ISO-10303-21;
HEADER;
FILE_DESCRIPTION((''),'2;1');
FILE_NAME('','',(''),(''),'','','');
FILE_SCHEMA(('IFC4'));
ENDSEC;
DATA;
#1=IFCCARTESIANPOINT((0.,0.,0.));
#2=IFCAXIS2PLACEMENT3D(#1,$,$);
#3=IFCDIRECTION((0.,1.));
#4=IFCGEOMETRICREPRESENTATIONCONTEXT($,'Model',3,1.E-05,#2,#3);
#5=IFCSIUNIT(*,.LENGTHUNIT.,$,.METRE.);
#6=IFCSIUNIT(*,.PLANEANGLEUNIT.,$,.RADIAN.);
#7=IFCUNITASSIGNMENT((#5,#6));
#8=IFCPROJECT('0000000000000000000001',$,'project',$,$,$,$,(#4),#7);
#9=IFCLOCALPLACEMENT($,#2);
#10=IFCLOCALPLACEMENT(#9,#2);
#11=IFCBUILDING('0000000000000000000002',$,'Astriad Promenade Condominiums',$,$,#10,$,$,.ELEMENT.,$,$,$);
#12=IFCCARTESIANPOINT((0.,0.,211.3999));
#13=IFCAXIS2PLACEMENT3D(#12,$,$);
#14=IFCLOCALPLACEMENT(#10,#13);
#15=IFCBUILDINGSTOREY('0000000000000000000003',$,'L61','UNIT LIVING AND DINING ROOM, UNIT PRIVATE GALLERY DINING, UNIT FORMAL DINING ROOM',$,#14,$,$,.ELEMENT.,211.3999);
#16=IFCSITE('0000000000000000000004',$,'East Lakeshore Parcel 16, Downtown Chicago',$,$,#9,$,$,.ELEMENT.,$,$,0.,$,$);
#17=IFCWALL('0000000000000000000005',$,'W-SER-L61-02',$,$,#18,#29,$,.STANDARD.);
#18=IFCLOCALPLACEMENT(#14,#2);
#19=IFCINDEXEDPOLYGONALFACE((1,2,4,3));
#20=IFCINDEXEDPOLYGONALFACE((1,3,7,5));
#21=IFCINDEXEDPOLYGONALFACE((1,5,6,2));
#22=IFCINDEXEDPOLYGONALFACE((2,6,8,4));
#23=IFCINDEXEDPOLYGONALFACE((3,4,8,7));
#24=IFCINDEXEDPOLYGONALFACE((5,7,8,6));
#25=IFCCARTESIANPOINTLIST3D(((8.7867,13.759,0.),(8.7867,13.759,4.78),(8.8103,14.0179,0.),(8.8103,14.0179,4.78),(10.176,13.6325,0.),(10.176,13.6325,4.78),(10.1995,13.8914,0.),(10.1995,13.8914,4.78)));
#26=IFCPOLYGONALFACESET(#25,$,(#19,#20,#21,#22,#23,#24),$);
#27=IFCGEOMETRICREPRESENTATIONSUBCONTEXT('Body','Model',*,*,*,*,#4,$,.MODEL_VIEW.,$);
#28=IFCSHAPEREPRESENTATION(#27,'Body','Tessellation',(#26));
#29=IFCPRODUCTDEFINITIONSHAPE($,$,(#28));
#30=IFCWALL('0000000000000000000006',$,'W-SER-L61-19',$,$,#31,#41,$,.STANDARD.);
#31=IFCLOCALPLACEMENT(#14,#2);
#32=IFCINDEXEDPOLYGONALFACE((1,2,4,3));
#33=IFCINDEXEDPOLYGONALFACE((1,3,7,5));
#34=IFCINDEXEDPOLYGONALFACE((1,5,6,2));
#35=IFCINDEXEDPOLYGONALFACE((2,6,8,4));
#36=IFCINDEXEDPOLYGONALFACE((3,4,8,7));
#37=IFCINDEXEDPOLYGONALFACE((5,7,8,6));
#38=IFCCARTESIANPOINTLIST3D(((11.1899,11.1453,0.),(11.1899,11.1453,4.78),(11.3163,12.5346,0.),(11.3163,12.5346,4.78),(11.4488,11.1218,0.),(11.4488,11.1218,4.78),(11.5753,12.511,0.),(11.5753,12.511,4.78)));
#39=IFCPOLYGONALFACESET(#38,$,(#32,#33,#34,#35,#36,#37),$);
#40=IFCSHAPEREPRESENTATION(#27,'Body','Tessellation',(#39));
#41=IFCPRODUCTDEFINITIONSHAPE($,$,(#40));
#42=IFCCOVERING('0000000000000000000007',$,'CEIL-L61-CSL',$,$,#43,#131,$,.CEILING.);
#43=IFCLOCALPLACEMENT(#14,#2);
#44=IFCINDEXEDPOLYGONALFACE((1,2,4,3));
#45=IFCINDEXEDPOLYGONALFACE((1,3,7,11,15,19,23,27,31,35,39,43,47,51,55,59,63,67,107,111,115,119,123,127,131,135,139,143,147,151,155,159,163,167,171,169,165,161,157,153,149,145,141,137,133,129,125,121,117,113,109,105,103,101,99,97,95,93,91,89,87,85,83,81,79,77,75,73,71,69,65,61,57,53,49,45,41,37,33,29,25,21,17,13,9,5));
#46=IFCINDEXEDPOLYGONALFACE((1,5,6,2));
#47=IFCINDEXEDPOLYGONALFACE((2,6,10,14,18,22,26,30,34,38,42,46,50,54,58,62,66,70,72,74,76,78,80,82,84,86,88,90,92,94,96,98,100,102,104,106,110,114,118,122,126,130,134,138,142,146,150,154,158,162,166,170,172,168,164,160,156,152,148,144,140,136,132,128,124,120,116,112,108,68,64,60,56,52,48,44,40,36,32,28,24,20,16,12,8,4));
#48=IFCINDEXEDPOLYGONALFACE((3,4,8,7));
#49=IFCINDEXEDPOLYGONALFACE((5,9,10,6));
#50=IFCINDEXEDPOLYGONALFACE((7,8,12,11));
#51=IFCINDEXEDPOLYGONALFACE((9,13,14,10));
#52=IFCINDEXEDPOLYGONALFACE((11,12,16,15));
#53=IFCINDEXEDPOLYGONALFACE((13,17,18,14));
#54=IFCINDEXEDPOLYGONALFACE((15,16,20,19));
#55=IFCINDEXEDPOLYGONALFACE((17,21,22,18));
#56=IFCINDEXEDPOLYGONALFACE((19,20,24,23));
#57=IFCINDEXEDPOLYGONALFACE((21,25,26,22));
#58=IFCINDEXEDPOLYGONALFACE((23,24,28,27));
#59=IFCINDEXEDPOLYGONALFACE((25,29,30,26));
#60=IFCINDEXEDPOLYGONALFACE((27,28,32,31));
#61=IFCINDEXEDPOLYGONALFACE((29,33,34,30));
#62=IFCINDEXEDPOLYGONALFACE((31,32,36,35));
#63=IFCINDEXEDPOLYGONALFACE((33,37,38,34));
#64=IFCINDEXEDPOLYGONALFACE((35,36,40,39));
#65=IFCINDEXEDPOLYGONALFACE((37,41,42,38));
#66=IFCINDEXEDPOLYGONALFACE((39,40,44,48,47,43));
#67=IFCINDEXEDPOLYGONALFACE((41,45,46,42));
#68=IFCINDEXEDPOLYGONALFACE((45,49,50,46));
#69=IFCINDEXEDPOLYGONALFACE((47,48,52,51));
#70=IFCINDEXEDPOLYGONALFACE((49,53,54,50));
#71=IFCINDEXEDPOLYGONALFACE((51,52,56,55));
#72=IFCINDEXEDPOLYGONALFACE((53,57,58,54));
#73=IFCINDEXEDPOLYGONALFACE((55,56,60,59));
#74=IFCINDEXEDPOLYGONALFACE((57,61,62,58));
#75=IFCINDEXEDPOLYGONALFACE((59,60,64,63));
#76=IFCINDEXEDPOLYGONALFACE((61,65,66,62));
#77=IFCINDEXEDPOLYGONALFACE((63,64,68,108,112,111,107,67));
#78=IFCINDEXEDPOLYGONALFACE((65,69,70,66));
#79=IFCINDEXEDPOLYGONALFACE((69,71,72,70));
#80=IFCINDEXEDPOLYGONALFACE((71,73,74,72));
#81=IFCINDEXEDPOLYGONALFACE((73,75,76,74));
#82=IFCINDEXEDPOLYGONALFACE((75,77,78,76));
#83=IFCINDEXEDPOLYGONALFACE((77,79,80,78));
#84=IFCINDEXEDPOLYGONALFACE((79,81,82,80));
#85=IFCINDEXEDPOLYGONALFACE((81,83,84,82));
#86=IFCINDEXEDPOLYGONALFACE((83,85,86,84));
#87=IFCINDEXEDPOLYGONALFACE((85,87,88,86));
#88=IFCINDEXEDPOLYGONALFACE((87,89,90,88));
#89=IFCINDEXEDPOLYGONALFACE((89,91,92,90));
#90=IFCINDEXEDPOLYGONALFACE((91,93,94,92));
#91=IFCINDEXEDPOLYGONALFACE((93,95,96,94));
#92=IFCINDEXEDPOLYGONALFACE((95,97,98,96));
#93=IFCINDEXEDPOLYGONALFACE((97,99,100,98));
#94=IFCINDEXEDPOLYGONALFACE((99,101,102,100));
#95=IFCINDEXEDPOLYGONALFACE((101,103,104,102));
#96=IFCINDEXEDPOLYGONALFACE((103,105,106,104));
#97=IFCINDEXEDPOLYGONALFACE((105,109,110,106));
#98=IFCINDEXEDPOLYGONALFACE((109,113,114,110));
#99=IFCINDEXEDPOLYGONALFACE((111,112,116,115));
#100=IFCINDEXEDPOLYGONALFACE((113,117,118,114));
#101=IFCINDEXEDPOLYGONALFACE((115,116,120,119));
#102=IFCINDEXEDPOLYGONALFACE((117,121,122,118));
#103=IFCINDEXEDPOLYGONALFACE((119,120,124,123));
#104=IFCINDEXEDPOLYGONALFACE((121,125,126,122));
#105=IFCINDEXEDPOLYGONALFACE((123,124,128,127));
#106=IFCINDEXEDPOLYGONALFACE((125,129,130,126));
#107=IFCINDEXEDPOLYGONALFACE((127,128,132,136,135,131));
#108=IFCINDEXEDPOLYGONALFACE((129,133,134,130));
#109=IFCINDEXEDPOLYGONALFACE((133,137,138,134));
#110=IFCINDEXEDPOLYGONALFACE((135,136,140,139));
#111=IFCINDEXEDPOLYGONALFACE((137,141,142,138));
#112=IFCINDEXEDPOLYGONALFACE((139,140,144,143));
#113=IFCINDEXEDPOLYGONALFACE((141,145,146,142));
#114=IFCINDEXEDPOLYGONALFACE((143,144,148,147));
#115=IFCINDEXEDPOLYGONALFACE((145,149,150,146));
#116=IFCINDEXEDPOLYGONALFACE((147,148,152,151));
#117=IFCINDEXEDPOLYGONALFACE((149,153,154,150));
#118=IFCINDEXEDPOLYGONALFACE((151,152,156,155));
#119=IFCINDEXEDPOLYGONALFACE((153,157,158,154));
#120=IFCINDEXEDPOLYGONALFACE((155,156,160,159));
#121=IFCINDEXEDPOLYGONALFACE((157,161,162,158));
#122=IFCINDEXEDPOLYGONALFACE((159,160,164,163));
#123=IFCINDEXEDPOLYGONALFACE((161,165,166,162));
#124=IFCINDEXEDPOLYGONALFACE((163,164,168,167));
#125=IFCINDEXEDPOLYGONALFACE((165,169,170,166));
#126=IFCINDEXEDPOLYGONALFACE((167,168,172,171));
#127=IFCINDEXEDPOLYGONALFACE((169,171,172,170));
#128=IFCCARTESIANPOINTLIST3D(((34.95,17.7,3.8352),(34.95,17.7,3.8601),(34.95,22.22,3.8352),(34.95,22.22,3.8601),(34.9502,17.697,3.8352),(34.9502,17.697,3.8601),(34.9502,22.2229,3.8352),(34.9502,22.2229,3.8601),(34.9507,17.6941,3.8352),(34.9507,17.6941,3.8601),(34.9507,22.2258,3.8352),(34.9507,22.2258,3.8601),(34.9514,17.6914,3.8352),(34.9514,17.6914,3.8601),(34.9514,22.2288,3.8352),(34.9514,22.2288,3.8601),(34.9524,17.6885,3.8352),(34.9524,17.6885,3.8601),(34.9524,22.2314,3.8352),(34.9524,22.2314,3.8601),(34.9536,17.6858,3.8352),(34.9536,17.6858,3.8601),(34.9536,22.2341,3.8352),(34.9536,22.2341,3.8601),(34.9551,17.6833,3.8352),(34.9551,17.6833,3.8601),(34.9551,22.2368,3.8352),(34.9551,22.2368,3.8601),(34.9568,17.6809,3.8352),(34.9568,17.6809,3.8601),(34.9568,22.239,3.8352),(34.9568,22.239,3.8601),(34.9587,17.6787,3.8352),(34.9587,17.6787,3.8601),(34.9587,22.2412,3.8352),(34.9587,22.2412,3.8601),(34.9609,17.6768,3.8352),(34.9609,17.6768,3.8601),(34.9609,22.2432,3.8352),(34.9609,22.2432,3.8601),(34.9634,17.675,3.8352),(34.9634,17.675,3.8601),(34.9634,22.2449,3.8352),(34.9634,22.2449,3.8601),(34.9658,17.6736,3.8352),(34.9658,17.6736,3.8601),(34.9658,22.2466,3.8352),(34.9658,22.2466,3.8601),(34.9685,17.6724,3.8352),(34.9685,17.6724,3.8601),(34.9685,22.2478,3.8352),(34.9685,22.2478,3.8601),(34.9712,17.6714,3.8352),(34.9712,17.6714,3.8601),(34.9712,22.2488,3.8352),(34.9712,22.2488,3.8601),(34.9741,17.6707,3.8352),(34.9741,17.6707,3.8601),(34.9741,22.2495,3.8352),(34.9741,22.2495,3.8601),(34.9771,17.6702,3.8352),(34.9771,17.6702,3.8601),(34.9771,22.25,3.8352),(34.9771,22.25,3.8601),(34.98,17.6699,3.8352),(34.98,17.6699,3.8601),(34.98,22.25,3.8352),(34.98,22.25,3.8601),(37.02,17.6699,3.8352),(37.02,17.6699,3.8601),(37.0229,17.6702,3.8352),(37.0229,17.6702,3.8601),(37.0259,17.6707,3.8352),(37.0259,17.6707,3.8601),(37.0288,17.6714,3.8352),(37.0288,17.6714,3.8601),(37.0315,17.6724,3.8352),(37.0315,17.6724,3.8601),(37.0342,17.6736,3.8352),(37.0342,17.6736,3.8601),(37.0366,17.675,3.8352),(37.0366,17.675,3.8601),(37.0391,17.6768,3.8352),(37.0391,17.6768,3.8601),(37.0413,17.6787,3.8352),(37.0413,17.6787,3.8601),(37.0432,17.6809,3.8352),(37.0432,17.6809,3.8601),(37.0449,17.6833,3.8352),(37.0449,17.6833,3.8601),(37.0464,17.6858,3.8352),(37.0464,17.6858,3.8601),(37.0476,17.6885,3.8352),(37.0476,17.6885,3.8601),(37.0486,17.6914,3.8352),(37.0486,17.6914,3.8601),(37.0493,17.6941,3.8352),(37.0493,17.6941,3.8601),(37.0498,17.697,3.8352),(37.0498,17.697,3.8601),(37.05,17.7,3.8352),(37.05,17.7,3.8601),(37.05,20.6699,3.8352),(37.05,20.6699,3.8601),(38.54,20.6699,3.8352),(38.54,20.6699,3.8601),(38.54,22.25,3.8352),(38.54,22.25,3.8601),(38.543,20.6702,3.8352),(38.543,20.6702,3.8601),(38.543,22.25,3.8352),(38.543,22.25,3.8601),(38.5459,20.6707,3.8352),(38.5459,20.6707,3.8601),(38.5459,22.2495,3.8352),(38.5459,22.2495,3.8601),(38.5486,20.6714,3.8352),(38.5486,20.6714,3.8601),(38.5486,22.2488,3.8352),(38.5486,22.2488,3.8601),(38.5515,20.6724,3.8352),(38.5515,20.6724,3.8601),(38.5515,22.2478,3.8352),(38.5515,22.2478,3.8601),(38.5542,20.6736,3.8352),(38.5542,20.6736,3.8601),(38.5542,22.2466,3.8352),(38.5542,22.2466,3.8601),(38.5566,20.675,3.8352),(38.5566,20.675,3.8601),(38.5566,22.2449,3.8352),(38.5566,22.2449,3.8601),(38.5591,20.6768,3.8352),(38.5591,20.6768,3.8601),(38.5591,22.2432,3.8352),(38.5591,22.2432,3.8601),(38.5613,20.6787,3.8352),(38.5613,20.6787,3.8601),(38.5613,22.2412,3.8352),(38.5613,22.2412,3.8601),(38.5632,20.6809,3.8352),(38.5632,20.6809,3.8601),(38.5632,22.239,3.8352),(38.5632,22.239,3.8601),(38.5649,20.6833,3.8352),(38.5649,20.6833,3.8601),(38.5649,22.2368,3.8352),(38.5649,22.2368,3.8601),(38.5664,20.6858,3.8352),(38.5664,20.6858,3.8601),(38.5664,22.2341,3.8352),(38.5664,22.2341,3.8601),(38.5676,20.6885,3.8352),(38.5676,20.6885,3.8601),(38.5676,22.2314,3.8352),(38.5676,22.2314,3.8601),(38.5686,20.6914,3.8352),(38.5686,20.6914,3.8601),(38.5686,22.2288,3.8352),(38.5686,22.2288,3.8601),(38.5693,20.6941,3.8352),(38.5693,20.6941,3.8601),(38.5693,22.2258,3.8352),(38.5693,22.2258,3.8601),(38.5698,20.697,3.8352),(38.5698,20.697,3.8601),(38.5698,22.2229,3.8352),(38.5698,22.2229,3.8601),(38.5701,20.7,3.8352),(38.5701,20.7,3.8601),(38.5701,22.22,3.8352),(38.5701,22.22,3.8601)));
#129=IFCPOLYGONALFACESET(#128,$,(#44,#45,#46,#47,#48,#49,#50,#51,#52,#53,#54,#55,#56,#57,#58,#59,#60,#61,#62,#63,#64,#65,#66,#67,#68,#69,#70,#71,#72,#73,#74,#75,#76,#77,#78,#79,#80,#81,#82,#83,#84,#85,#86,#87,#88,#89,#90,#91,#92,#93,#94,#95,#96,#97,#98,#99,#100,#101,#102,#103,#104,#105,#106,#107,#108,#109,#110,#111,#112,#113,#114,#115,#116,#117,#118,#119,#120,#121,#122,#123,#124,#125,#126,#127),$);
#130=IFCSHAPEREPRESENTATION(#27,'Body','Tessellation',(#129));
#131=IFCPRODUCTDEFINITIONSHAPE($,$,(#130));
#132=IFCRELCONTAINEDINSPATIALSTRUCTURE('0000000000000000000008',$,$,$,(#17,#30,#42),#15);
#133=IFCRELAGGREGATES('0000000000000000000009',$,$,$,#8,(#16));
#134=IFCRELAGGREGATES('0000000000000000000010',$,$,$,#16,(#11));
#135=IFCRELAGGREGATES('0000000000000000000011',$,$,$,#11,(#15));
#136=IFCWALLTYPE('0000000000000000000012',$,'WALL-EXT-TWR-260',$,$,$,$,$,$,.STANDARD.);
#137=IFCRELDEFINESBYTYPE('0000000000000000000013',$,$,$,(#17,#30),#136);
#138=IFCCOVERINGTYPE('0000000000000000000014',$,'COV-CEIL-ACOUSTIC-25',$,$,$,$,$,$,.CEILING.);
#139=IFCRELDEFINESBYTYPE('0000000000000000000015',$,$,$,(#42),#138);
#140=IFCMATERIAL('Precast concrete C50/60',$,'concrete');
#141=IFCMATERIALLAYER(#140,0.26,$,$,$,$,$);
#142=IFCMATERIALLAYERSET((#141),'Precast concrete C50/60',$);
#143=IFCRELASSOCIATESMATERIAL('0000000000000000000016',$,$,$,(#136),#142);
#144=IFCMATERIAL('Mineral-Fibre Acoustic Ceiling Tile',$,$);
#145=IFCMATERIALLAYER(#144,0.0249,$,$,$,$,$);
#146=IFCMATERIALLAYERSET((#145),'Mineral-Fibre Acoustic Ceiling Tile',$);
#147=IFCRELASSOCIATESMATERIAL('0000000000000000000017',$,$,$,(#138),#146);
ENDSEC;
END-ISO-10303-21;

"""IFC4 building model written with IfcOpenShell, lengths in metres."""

from ifc_helpers import new_model, si_unit, direction, frame, frame_2d, origin, place, context, subcontext, project, spatial, polyline, rectangle, outline, extrude, material, layer, layer_set, type_object, element, save


model = new_model("IFC4")

# Units and contexts
model_context = context("Model", 3, precision=1e-05, world=origin(), true_north=direction((0.0, 1.0)))
body_context = subcontext(model_context, "Body", "Model", "MODEL_VIEW")
ifc_project = project(units=[si_unit("LENGTHUNIT", "METRE"), si_unit("PLANEANGLEUNIT", "RADIAN")], contexts=[model_context])

# Site, building, storey
site_placement = place(None, origin())
site = spatial("IfcSite", under=ifc_project, at=site_placement, Name="East Lakeshore Parcel 16, Downtown Chicago", CompositionType="ELEMENT", RefElevation=0.0)
building_placement = place(site_placement, origin())
building = spatial("IfcBuilding", under=site, at=building_placement, Name="Astriad Promenade Condominiums", CompositionType="ELEMENT")
storey_placement = place(building_placement, frame((0.0, 0.0, 211.3999)))
storey = spatial("IfcBuildingStorey", under=building, at=storey_placement, Name="L61", Description="UNIT LIVING AND DINING ROOM, UNIT PRIVATE GALLERY DINING, UNIT FORMAL DINING ROOM", CompositionType="ELEMENT", Elevation=211.3999)

# Walls
ifc_material_1 = material(Name="Precast concrete C50/60", Category="concrete")
ifc_layer_1 = layer(ifc_material_1, 0.26)
ifc_layer_set_1 = layer_set([ifc_layer_1], Name="Precast concrete C50/60")
wall_type = type_object("IfcWallType", Name="WALL-EXT-TWR-260", PredefinedType="STANDARD", material=ifc_layer_set_1)
for number, where, z_axis, x_axis, name in (
    (1, (10.1877, 13.762, 0.0), (0.0, 0.0, 1.0), (-0.995882, 0.090662, 0.0), "W-SER-L61-02"),
    (2, (11.3193, 11.1335, 0.0), (0.0, 0.0, 1.0), (0.090662, 0.995882, 0.0), "W-SER-L61-19"),
):
    element("IfcWall", number, at=place(storey_placement, frame(where, z_axis=z_axis, x_axis=x_axis)), inside=storey, type_object=wall_type, Name=name, PredefinedType="STANDARD", context=body_context, shape_type="SweptSolid", body=[
        extrude(rectangle(XDim=1.395, YDim=0.26, at=frame_2d((0.6975, 0.0))), origin(), (0.0, 0.0, 1.0), 4.78),
    ])

# Covering
ifc_material_2 = material(Name="Mineral-Fibre Acoustic Ceiling Tile")
ifc_layer_2 = layer(ifc_material_2, 0.0249)
ifc_layer_set_2 = layer_set([ifc_layer_2], Name="Mineral-Fibre Acoustic Ceiling Tile")
covering_type_1 = type_object("IfcCoveringType", Name="COV-CEIL-ACOUSTIC-25", PredefinedType="CEILING", material=ifc_layer_set_2)
covering_1_placement = place(storey_placement, frame((0.0, 0.0, 3.8352)))
element("IfcCovering", 3, at=covering_1_placement, inside=storey, type_object=covering_type_1, Name="CEIL-L61-CSL", PredefinedType="CEILING", context=body_context, shape_type="SweptSolid", body=[
    extrude(outline(polyline([(37.05, 17.7), (37.0498, 17.697), (37.0493, 17.6941), (37.0486, 17.6914), (37.0476, 17.6885), (37.0464, 17.6858), (37.0449, 17.6833), (37.0432, 17.6809), (37.0413, 17.6787), (37.0391, 17.6768), (37.0366, 17.675), (37.0342, 17.6736), (37.0315, 17.6724), (37.0288, 17.6714), (37.0259, 17.6707), (37.0229, 17.6702), (37.02, 17.6699), (34.98, 17.6699), (34.9771, 17.6702), (34.9741, 17.6707), (34.9712, 17.6714), (34.9685, 17.6724), (34.9658, 17.6736), (34.9634, 17.675), (34.9609, 17.6768), (34.9587, 17.6787), (34.9568, 17.6809), (34.9551, 17.6833), (34.9536, 17.6858), (34.9524, 17.6885), (34.9514, 17.6914), (34.9507, 17.6941), (34.9502, 17.697), (34.95, 17.7), (34.95, 22.22), (34.9502, 22.2229), (34.9507, 22.2258), (34.9514, 22.2288), (34.9524, 22.2314), (34.9536, 22.2341), (34.9551, 22.2368), (34.9568, 22.239), (34.9587, 22.2412), (34.9609, 22.2432), (34.9634, 22.2449), (34.9658, 22.2466), (34.9685, 22.2478), (34.9712, 22.2488), (34.9741, 22.2495), (34.9771, 22.25), (34.98, 22.25), (38.54, 22.25), (38.543, 22.25), (38.5459, 22.2495), (38.5486, 22.2488), (38.5515, 22.2478), (38.5542, 22.2466), (38.5566, 22.2449), (38.5591, 22.2432), (38.5613, 22.2412), (38.5632, 22.239), (38.5649, 22.2368), (38.5664, 22.2341), (38.5676, 22.2314), (38.5686, 22.2288), (38.5693, 22.2258), (38.5698, 22.2229), (38.5701, 22.22), (38.5701, 20.7), (38.5698, 20.697), (38.5693, 20.6941), (38.5686, 20.6914), (38.5676, 20.6885), (38.5664, 20.6858), (38.5649, 20.6833), (38.5632, 20.6809), (38.5613, 20.6787), (38.5591, 20.6768), (38.5566, 20.675), (38.5542, 20.6736), (38.5515, 20.6724), (38.5486, 20.6714), (38.5459, 20.6707), (38.543, 20.6702), (38.54, 20.6699), (37.05, 20.6699), (37.05, 17.7)])), origin(), (0.0, 0.0, 1.0), 0.0249),
])

save(model, "model.ifc")
